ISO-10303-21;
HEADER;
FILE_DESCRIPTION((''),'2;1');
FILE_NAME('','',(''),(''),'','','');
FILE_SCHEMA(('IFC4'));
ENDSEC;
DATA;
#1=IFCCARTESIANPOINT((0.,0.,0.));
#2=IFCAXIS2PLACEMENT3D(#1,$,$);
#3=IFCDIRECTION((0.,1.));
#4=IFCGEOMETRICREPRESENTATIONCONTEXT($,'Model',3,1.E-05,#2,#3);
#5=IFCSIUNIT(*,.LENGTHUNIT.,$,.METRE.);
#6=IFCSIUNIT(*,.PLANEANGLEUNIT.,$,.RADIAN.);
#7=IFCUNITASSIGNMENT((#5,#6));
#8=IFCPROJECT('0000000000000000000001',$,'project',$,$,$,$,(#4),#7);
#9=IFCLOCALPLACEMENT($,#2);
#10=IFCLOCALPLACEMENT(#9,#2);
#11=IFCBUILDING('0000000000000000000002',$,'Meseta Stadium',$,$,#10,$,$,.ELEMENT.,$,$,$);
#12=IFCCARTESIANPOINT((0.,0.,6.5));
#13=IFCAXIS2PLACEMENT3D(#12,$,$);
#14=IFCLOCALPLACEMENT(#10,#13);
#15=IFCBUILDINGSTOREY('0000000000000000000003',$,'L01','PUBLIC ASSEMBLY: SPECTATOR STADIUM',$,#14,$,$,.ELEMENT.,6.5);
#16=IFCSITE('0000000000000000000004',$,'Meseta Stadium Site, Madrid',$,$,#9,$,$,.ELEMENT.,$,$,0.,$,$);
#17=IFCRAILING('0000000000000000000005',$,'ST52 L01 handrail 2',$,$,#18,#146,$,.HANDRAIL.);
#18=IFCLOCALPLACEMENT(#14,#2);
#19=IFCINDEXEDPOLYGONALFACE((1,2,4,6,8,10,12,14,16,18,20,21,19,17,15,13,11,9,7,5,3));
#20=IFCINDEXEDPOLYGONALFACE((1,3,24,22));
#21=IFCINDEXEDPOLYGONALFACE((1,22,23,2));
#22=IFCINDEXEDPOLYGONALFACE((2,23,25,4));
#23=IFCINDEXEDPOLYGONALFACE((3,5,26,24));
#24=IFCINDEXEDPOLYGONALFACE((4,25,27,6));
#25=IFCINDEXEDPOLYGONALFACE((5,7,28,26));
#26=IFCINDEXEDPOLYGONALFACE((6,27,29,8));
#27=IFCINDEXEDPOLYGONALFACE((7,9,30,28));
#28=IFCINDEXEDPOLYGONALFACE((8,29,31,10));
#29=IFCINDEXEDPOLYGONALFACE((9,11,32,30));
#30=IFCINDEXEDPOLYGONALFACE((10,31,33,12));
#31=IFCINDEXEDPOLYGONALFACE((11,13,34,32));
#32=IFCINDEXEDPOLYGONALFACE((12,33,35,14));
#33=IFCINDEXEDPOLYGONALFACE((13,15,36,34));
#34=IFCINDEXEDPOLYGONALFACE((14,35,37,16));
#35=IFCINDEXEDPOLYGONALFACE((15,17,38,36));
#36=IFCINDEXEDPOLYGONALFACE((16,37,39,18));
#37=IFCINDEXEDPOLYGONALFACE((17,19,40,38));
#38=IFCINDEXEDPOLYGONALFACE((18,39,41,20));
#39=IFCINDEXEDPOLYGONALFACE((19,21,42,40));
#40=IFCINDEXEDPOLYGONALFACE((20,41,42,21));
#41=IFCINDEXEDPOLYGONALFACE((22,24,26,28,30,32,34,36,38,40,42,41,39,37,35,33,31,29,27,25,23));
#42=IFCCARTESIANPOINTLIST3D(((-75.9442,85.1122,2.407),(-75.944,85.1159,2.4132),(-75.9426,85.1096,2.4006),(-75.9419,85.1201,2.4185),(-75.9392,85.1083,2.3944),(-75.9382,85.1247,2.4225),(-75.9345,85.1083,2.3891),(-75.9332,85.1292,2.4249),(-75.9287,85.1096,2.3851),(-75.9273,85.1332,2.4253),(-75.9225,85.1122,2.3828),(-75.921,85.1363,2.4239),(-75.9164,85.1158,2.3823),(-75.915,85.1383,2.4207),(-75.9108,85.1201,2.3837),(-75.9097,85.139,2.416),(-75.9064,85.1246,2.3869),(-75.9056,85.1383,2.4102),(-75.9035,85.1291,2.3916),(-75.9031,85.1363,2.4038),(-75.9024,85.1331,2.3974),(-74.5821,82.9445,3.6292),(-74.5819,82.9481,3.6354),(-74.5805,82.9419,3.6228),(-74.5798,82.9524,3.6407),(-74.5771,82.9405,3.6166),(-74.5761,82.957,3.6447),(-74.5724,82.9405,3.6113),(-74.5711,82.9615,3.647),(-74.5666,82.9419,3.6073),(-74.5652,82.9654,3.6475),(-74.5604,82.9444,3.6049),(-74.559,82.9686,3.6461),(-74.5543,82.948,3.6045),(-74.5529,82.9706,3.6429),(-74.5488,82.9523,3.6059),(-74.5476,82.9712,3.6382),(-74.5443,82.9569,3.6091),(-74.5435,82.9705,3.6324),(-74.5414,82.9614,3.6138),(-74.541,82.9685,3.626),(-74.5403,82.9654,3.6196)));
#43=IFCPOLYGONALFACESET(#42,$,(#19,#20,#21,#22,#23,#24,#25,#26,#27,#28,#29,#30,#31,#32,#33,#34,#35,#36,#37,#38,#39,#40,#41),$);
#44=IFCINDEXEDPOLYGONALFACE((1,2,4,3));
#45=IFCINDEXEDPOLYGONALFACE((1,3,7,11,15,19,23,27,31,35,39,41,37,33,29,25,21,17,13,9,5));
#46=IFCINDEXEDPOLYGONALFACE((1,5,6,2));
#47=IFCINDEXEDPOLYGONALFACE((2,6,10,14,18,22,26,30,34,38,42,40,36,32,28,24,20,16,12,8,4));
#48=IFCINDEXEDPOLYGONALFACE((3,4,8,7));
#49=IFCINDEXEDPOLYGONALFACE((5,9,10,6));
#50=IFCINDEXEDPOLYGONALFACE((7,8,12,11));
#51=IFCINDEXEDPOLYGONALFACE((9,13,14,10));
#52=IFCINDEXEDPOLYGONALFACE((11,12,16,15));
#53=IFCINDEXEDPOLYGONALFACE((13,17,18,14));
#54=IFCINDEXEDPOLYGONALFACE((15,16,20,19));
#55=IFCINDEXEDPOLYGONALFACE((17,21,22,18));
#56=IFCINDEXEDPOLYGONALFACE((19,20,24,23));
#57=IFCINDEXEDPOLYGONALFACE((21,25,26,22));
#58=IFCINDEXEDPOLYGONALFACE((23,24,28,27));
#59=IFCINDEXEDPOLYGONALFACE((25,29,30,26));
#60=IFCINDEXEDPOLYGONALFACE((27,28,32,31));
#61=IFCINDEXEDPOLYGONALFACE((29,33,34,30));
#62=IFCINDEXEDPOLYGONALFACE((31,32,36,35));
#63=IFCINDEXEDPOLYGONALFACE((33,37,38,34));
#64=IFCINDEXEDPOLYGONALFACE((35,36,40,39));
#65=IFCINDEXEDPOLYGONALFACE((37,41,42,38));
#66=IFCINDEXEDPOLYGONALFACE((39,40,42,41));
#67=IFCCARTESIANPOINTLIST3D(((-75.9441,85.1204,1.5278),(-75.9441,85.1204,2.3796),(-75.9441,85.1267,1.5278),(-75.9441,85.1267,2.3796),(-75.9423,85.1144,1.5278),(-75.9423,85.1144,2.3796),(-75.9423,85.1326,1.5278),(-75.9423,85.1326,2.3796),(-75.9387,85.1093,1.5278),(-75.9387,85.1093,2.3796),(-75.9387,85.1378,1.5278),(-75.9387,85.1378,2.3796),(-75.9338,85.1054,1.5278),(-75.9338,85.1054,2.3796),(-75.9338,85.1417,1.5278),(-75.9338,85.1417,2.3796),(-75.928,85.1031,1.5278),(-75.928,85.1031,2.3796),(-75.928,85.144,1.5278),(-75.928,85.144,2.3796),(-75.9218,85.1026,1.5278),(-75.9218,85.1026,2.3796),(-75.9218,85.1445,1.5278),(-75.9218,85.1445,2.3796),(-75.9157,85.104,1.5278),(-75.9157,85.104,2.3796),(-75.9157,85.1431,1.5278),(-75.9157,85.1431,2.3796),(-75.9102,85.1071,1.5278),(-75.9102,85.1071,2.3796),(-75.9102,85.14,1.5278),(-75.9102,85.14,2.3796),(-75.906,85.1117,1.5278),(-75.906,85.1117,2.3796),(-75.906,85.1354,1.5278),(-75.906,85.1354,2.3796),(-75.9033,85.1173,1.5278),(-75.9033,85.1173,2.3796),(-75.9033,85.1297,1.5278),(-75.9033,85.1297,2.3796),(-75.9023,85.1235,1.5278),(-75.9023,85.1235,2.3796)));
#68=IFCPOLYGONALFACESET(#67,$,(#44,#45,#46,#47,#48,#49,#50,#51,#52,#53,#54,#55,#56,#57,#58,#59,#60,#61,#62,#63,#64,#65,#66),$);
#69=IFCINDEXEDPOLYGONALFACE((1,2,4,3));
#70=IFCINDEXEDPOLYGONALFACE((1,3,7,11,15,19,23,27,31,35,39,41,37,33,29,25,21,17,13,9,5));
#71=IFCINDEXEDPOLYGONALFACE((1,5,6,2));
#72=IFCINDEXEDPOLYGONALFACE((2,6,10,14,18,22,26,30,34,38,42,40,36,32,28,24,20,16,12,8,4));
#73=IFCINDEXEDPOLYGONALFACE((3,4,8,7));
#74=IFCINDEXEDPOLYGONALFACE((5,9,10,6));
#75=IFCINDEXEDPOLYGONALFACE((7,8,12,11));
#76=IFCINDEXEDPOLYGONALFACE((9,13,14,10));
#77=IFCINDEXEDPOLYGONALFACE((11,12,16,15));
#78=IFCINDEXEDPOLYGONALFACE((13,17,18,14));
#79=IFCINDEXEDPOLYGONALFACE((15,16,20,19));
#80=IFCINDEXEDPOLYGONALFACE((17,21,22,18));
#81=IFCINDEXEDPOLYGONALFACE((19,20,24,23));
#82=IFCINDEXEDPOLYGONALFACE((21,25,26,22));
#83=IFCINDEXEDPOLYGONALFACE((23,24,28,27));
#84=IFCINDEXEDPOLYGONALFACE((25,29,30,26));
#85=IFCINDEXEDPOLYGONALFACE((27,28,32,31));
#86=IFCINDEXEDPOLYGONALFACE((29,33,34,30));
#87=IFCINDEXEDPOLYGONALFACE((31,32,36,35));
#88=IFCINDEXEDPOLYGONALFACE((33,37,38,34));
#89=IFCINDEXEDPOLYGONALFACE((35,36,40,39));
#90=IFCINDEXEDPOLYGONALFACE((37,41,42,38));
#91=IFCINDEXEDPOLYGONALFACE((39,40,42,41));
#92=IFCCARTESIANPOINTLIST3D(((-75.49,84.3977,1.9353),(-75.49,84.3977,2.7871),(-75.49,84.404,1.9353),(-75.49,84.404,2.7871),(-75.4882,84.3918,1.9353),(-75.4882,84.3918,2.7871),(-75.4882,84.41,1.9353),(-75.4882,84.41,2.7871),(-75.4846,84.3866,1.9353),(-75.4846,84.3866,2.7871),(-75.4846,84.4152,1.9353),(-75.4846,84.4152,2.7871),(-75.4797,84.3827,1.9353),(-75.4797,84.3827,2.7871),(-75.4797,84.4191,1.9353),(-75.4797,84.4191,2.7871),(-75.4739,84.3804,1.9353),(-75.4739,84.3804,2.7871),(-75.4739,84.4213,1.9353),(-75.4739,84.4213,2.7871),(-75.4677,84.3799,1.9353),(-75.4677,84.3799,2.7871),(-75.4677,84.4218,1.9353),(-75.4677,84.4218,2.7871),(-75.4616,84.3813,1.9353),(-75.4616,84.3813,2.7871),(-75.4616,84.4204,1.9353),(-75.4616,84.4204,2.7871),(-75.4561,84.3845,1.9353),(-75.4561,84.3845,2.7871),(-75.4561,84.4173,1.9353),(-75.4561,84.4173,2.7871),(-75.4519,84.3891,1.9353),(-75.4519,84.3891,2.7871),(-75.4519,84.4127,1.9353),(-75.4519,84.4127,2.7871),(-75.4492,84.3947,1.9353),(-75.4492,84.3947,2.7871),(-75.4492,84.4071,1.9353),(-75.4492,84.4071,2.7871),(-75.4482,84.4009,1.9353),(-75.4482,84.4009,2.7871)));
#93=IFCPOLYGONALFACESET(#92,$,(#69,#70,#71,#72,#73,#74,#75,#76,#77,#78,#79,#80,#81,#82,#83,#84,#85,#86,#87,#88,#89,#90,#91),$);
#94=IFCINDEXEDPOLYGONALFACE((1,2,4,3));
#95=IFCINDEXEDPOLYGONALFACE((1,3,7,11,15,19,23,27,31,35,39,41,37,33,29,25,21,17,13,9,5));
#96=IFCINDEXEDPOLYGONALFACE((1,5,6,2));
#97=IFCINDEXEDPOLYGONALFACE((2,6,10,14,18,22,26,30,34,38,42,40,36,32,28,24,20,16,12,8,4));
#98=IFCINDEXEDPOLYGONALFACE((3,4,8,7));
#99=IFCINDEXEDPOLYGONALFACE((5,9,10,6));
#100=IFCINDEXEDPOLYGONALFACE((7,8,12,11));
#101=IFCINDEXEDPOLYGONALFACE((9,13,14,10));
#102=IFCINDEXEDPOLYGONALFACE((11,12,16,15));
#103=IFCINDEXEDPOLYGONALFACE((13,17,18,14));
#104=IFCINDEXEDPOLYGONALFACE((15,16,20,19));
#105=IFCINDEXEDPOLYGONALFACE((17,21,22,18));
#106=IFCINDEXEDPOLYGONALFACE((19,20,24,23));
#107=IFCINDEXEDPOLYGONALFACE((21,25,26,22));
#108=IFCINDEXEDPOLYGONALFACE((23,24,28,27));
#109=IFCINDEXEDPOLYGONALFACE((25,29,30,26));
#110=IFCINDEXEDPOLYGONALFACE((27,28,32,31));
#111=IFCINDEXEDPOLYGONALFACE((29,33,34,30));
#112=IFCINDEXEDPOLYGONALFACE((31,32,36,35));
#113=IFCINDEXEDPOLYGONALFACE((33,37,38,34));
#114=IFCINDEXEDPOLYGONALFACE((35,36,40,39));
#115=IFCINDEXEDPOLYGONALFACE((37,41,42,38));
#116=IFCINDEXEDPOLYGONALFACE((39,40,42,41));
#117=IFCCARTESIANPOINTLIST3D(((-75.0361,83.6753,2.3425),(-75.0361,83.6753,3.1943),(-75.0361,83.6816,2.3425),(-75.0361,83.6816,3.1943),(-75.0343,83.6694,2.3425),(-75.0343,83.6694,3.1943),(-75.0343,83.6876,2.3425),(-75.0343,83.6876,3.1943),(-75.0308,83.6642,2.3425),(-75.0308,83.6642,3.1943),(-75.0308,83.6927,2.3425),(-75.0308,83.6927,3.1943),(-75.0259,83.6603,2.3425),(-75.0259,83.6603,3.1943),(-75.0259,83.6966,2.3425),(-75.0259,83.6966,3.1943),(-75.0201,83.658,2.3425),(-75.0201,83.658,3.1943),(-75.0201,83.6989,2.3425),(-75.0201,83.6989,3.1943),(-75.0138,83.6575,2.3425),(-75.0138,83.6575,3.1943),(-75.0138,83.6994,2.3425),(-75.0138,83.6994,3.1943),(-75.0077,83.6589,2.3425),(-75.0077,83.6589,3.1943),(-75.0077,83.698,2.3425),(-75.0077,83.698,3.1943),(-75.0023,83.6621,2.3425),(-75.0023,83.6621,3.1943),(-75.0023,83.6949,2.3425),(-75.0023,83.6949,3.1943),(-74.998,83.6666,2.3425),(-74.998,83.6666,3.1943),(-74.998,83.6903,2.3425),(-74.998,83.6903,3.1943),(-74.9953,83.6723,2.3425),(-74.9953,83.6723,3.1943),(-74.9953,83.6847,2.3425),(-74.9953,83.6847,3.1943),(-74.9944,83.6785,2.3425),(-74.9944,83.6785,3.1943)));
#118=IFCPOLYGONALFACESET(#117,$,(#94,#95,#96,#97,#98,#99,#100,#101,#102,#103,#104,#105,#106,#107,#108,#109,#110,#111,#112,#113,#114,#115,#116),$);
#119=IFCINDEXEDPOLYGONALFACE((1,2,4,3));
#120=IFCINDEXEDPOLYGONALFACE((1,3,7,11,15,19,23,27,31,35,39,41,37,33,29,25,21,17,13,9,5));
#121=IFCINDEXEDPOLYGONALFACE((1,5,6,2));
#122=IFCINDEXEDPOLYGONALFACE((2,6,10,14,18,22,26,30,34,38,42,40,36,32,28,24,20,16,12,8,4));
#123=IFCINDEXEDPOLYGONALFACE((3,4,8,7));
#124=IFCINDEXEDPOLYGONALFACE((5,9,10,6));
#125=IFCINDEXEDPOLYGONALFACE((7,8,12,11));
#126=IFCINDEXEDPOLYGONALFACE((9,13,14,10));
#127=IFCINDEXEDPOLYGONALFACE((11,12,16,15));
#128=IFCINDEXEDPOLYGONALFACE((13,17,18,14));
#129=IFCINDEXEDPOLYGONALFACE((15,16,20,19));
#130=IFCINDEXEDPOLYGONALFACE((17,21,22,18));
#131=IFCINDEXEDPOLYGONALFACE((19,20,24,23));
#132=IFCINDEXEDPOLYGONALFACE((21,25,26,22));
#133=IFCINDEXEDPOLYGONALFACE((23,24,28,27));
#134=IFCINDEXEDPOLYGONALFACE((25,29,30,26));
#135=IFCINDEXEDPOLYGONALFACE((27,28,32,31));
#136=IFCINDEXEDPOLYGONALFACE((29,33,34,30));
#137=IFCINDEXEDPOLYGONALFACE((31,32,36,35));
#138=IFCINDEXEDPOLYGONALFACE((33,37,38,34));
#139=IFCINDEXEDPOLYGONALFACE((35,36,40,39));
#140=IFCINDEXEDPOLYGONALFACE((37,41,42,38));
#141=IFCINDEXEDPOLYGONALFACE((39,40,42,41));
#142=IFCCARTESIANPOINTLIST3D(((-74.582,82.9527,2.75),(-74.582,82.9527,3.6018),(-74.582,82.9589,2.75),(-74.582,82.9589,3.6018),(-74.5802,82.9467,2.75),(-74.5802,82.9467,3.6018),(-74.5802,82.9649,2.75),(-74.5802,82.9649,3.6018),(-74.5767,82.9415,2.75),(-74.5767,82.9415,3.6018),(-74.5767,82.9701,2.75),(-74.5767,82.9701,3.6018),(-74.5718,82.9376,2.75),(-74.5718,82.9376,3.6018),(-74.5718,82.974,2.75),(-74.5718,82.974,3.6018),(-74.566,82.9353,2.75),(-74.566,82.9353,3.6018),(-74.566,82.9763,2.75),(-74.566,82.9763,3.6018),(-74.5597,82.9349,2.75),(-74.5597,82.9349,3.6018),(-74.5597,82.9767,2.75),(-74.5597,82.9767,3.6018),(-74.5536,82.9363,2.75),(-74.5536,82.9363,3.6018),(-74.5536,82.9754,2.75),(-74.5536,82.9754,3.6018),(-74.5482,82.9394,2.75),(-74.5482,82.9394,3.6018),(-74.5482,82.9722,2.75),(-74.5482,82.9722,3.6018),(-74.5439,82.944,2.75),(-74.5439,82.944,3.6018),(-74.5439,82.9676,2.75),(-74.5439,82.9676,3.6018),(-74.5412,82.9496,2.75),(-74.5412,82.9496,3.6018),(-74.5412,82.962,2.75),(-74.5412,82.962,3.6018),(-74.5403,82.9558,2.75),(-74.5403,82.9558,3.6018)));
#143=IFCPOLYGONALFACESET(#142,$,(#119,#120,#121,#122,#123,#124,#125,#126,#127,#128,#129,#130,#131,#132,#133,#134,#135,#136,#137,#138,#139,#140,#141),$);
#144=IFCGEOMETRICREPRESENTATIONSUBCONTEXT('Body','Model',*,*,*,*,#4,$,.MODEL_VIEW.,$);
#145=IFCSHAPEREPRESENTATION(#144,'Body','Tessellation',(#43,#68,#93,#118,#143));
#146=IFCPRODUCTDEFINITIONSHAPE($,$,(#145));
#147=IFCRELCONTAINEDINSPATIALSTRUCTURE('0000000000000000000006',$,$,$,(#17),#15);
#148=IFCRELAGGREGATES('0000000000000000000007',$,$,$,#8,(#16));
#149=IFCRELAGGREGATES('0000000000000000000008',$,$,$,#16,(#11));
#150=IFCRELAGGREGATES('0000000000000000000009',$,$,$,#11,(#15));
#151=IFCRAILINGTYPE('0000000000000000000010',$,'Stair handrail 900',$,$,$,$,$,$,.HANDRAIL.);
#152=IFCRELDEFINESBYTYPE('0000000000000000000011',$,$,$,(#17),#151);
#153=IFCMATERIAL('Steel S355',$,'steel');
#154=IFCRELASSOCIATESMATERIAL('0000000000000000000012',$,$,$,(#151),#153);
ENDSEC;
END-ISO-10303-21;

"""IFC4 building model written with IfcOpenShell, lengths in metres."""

from ifc_helpers import new_model, si_unit, direction, frame, origin, origin_2d, place, context, subcontext, project, spatial, circle, extrude, material, type_object, element, save


model = new_model("IFC4")

# Units and contexts
model_context = context("Model", 3, precision=1e-05, world=origin(), true_north=direction((0.0, 1.0)))
body_context = subcontext(model_context, "Body", "Model", "MODEL_VIEW")
ifc_project = project(units=[si_unit("LENGTHUNIT", "METRE"), si_unit("PLANEANGLEUNIT", "RADIAN")], contexts=[model_context])

# Site, building, storey
site_placement = place(None, origin())
site = spatial("IfcSite", under=ifc_project, at=site_placement, Name="Meseta Stadium Site, Madrid", CompositionType="ELEMENT", RefElevation=0.0)
building_placement = place(site_placement, origin())
building = spatial("IfcBuilding", under=site, at=building_placement, Name="Meseta Stadium", CompositionType="ELEMENT")
storey_placement = place(building_placement, frame((0.0, 0.0, 6.5)))
storey = spatial("IfcBuildingStorey", under=building, at=storey_placement, Name="L01", Description="PUBLIC ASSEMBLY: SPECTATOR STADIUM", CompositionType="ELEMENT", Elevation=6.5)

# Railing
ifc_material_1 = material(Name="Steel S355", Category="steel")
railing_type = type_object("IfcRailingType", Name="Stair handrail 900", PredefinedType="HANDRAIL", material=ifc_material_1)
for number, where, name in (
    (1, (-75.9233, 85.1235, 1.5278), "ST52 L01 handrail 2"),
):
    element("IfcRailing", number, at=place(storey_placement, frame(where)), inside=storey, type_object=railing_type, Name=name, PredefinedType="HANDRAIL", context=body_context, shape_type="SweptSolid", body=[
        extrude(circle(Radius=0.0239, at=origin_2d()), frame((0.0, 0.0, 0.876), z_axis=(0.480125, -0.764121, 0.430813), x_axis=(0.846726, 0.532029, 0.0)), (0.0, 0.0, 1.0), 2.8369),
        extrude(circle(Radius=0.021, at=origin_2d()), origin(), (0.0, 0.0, 1.0), 0.8518),
        extrude(circle(Radius=0.021, at=origin_2d()), frame((0.4541, -0.7227, 0.4075)), (0.0, 0.0, 1.0), 0.8518),
        extrude(circle(Radius=0.021, at=origin_2d()), frame((0.908, -1.4451, 0.8147)), (0.0, 0.0, 1.0), 0.8518),
        extrude(circle(Radius=0.021, at=origin_2d()), frame((1.3621, -2.1677, 1.2222)), (0.0, 0.0, 1.0), 0.8518),
    ])

save(model, "model.ifc")
